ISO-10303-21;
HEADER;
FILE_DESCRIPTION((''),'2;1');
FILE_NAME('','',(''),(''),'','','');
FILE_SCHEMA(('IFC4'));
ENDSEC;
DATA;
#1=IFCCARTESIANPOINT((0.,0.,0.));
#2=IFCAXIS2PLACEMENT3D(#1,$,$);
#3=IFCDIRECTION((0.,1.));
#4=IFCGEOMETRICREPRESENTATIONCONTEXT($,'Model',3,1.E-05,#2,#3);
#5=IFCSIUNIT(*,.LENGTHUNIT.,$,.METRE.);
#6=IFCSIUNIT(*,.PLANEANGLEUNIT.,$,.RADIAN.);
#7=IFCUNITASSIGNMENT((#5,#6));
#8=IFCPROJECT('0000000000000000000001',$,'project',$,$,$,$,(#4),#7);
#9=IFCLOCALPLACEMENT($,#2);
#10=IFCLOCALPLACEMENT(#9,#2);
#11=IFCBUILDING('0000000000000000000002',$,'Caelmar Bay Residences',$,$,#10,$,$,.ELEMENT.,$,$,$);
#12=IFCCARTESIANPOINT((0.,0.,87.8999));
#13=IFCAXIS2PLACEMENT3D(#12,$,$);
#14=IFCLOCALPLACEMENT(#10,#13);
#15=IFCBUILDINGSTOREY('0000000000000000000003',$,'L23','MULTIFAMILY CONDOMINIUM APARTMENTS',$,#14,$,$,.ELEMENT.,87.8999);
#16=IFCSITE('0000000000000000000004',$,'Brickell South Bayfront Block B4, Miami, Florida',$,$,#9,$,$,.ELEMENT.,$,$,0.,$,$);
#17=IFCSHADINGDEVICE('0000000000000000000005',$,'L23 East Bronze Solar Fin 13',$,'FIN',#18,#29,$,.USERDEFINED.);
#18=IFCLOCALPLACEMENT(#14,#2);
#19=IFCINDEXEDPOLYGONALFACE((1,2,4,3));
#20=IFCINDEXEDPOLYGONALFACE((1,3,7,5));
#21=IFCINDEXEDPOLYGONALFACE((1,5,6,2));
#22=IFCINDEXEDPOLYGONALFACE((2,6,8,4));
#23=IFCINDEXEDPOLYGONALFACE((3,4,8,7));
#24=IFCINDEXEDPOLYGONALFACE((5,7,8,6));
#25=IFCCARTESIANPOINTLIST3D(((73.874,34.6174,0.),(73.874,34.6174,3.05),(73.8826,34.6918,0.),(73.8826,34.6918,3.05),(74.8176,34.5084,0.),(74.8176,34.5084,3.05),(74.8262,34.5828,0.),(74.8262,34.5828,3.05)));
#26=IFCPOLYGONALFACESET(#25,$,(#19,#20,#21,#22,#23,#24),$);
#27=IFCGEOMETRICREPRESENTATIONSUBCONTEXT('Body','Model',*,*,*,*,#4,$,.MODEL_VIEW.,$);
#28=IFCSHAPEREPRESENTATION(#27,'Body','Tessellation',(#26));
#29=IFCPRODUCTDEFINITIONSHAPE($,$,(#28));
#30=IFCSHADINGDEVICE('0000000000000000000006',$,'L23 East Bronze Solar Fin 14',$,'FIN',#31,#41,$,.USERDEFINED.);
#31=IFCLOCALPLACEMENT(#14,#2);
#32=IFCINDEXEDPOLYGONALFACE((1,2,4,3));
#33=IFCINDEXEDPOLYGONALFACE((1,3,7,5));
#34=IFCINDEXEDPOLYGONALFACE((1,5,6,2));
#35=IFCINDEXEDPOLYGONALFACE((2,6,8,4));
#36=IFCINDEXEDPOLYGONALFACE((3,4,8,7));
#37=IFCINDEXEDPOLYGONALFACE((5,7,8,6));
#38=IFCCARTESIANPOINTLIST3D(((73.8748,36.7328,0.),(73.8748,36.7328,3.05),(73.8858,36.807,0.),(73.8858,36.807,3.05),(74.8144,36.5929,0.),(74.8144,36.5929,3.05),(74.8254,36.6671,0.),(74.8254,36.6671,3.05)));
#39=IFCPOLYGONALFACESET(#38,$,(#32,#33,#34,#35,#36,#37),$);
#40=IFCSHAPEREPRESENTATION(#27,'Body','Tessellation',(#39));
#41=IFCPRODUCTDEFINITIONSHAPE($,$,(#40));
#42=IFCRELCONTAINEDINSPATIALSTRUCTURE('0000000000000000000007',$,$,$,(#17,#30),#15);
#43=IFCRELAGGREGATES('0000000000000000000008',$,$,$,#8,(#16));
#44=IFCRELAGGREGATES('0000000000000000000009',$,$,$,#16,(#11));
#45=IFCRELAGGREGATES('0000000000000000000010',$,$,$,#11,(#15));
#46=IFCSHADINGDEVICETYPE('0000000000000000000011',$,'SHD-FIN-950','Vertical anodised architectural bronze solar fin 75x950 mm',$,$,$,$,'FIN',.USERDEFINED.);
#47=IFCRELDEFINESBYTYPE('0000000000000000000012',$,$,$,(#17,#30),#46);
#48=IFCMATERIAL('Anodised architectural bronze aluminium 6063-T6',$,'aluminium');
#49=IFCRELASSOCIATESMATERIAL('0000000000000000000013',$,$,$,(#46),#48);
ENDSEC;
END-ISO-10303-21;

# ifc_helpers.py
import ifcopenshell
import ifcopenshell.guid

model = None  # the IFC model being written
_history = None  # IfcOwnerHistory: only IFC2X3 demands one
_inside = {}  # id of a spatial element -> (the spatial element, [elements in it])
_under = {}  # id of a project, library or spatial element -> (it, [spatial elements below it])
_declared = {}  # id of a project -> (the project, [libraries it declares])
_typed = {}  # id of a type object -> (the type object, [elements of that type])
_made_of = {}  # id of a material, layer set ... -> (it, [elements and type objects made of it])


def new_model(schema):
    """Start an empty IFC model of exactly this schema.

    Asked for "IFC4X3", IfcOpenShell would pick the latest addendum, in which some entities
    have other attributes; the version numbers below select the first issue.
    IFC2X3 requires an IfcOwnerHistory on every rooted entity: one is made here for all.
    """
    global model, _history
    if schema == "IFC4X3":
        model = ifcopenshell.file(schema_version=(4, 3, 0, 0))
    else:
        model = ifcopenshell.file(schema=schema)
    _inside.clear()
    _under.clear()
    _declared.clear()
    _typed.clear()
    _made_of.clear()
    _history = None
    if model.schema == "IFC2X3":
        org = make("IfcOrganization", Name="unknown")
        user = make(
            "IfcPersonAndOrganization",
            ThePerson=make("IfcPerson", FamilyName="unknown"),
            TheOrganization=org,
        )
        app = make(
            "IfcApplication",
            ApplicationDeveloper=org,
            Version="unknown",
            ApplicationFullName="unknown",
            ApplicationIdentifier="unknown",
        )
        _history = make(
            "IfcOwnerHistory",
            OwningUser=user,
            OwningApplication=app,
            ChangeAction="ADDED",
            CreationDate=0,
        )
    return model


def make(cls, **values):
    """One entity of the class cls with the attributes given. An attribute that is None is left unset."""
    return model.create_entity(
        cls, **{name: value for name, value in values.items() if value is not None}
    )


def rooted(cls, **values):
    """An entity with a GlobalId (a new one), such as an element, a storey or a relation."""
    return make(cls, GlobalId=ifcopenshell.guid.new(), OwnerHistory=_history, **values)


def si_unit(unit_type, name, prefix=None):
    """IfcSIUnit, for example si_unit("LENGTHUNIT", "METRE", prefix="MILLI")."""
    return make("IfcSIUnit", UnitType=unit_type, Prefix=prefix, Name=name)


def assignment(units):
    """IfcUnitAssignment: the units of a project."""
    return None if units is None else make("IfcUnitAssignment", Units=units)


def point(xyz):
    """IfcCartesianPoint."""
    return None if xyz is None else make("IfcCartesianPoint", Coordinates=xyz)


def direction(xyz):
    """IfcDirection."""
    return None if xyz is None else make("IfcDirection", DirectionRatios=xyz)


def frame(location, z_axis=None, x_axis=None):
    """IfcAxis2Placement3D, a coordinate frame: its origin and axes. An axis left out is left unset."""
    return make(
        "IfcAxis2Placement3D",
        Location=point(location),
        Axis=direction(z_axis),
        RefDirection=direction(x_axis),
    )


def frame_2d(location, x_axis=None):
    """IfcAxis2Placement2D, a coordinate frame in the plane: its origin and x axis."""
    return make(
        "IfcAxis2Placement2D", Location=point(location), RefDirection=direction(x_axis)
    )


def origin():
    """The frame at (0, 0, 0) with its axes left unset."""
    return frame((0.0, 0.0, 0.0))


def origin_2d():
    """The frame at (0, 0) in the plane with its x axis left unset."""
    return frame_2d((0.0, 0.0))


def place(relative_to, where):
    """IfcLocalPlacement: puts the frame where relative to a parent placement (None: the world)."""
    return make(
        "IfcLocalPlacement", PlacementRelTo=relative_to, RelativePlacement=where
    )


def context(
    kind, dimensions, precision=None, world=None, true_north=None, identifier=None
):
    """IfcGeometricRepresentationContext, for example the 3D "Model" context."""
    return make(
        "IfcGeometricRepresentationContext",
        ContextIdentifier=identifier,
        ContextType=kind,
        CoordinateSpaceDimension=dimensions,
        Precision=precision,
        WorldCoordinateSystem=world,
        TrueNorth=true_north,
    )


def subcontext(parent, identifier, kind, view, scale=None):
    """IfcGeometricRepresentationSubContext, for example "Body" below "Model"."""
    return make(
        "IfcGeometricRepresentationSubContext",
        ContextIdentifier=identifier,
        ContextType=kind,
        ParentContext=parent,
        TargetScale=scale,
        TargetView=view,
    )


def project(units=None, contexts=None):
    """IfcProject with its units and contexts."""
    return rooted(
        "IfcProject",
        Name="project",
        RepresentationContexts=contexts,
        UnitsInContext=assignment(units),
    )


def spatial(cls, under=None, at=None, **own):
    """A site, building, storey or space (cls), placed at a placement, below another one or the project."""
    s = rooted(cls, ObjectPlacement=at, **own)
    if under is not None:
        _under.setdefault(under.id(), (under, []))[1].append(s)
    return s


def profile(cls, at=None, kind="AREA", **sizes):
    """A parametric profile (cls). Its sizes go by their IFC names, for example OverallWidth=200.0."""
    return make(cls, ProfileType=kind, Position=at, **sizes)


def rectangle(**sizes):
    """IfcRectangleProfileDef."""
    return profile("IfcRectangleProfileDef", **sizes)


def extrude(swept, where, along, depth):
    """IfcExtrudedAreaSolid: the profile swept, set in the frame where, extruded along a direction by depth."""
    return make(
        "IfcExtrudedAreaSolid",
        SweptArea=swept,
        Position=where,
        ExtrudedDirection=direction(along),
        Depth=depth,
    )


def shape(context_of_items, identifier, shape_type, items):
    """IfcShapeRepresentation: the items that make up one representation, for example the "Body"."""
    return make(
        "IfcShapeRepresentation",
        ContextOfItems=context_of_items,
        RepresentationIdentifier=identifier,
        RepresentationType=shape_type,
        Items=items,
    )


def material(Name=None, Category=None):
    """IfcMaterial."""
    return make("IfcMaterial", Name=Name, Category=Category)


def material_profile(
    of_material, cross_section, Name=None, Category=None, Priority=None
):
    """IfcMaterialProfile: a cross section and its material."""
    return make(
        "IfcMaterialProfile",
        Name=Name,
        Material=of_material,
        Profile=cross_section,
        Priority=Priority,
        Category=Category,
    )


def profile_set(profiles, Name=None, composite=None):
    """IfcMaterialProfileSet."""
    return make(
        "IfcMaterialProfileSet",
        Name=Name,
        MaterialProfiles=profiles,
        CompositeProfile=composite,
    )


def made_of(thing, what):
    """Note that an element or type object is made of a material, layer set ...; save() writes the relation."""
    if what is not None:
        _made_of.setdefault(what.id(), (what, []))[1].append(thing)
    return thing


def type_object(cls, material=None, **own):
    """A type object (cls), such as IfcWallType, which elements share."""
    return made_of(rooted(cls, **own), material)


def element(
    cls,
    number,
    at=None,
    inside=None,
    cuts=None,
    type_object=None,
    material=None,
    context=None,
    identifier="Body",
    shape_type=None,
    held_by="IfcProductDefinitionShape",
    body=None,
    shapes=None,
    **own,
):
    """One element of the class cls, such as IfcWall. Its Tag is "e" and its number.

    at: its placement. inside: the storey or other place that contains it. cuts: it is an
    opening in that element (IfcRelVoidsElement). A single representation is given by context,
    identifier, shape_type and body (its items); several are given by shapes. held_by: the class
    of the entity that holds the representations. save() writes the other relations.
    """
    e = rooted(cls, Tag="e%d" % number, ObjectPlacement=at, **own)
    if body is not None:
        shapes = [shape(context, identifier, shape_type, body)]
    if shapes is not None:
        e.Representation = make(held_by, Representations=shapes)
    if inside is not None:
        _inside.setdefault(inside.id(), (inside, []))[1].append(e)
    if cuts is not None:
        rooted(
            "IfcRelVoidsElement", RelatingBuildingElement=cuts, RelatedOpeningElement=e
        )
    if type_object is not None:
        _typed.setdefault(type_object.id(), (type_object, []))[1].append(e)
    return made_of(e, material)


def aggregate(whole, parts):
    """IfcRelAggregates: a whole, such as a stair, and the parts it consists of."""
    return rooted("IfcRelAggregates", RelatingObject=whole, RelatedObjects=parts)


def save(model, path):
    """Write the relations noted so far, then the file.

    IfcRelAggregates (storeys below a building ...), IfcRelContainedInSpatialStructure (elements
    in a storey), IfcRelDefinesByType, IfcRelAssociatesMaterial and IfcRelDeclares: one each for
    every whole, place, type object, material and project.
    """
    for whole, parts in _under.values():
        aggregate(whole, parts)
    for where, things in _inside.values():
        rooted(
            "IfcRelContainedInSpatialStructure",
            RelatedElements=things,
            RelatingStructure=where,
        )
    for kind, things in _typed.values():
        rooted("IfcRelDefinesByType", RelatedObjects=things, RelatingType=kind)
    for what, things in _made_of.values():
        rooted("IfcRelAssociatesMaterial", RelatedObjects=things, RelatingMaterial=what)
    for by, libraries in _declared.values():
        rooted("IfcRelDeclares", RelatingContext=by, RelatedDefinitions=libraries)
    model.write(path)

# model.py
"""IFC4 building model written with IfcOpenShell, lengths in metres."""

from ifc_helpers import new_model, si_unit, direction, frame, origin, origin_2d, place, context, subcontext, project, spatial, rectangle, extrude, material, material_profile, profile_set, type_object, element, save


model = new_model("IFC4")

# Units and contexts
model_context = context("Model", 3, precision=1e-05, world=origin(), true_north=direction((0.0, 1.0)))
body_context = subcontext(model_context, "Body", "Model", "MODEL_VIEW")
ifc_project = project(units=[si_unit("LENGTHUNIT", "METRE"), si_unit("PLANEANGLEUNIT", "RADIAN")], contexts=[model_context])

# Site, building, storey
site_placement = place(None, origin())
site = spatial("IfcSite", under=ifc_project, at=site_placement, Name="Brickell South Bayfront Block B4, Miami, Florida", CompositionType="ELEMENT", RefElevation=0.0)
building_placement = place(site_placement, origin())
building = spatial("IfcBuilding", under=site, at=building_placement, Name="Caelmar Bay Residences", CompositionType="ELEMENT")
storey_placement = place(building_placement, frame((0.0, 0.0, 87.8999)))
storey = spatial("IfcBuildingStorey", under=building, at=storey_placement, Name="L23", Description="MULTIFAMILY CONDOMINIUM APARTMENTS", CompositionType="ELEMENT", Elevation=87.8999)

# Shading devices
ifc_material_1 = material(Name="Anodised architectural bronze aluminium 6063-T6", Category="aluminium")
ifc_material_profile_1 = material_profile(ifc_material_1, rectangle(XDim=0.075, YDim=0.95, at=origin_2d()), Name="BRONZE-FIN-75X950")
ifc_profile_set_1 = profile_set([ifc_material_profile_1], Name="Anodised architectural bronze aluminium 6063-T6")
shading_device_type = type_object("IfcShadingDeviceType", Name="SHD-FIN-950", Description="Vertical anodised architectural bronze solar fin 75x950 mm", ElementType="FIN", PredefinedType="USERDEFINED", material=ifc_profile_set_1)
for number, where, z_axis, x_axis, name in (
    (1, (74.3501, 34.6001, 0.0), (0.0, 0.0, 1.0), (0.114764, 0.993393, 0.0), "L23 East Bronze Solar Fin 13"),
    (2, (74.3501, 36.7, 0.0), (0.0, 0.0, 1.0), (0.147292, 0.989093, 0.0), "L23 East Bronze Solar Fin 14"),
):
    element("IfcShadingDevice", number, at=place(storey_placement, frame(where, z_axis=z_axis, x_axis=x_axis)), inside=storey, type_object=shading_device_type, Name=name, ObjectType="FIN", PredefinedType="USERDEFINED", context=body_context, shape_type="SweptSolid", body=[
        extrude(rectangle(XDim=0.075, YDim=0.95, at=origin_2d()), origin(), (0.0, 0.0, 1.0), 3.05),
    ])

save(model, "model.ifc")
